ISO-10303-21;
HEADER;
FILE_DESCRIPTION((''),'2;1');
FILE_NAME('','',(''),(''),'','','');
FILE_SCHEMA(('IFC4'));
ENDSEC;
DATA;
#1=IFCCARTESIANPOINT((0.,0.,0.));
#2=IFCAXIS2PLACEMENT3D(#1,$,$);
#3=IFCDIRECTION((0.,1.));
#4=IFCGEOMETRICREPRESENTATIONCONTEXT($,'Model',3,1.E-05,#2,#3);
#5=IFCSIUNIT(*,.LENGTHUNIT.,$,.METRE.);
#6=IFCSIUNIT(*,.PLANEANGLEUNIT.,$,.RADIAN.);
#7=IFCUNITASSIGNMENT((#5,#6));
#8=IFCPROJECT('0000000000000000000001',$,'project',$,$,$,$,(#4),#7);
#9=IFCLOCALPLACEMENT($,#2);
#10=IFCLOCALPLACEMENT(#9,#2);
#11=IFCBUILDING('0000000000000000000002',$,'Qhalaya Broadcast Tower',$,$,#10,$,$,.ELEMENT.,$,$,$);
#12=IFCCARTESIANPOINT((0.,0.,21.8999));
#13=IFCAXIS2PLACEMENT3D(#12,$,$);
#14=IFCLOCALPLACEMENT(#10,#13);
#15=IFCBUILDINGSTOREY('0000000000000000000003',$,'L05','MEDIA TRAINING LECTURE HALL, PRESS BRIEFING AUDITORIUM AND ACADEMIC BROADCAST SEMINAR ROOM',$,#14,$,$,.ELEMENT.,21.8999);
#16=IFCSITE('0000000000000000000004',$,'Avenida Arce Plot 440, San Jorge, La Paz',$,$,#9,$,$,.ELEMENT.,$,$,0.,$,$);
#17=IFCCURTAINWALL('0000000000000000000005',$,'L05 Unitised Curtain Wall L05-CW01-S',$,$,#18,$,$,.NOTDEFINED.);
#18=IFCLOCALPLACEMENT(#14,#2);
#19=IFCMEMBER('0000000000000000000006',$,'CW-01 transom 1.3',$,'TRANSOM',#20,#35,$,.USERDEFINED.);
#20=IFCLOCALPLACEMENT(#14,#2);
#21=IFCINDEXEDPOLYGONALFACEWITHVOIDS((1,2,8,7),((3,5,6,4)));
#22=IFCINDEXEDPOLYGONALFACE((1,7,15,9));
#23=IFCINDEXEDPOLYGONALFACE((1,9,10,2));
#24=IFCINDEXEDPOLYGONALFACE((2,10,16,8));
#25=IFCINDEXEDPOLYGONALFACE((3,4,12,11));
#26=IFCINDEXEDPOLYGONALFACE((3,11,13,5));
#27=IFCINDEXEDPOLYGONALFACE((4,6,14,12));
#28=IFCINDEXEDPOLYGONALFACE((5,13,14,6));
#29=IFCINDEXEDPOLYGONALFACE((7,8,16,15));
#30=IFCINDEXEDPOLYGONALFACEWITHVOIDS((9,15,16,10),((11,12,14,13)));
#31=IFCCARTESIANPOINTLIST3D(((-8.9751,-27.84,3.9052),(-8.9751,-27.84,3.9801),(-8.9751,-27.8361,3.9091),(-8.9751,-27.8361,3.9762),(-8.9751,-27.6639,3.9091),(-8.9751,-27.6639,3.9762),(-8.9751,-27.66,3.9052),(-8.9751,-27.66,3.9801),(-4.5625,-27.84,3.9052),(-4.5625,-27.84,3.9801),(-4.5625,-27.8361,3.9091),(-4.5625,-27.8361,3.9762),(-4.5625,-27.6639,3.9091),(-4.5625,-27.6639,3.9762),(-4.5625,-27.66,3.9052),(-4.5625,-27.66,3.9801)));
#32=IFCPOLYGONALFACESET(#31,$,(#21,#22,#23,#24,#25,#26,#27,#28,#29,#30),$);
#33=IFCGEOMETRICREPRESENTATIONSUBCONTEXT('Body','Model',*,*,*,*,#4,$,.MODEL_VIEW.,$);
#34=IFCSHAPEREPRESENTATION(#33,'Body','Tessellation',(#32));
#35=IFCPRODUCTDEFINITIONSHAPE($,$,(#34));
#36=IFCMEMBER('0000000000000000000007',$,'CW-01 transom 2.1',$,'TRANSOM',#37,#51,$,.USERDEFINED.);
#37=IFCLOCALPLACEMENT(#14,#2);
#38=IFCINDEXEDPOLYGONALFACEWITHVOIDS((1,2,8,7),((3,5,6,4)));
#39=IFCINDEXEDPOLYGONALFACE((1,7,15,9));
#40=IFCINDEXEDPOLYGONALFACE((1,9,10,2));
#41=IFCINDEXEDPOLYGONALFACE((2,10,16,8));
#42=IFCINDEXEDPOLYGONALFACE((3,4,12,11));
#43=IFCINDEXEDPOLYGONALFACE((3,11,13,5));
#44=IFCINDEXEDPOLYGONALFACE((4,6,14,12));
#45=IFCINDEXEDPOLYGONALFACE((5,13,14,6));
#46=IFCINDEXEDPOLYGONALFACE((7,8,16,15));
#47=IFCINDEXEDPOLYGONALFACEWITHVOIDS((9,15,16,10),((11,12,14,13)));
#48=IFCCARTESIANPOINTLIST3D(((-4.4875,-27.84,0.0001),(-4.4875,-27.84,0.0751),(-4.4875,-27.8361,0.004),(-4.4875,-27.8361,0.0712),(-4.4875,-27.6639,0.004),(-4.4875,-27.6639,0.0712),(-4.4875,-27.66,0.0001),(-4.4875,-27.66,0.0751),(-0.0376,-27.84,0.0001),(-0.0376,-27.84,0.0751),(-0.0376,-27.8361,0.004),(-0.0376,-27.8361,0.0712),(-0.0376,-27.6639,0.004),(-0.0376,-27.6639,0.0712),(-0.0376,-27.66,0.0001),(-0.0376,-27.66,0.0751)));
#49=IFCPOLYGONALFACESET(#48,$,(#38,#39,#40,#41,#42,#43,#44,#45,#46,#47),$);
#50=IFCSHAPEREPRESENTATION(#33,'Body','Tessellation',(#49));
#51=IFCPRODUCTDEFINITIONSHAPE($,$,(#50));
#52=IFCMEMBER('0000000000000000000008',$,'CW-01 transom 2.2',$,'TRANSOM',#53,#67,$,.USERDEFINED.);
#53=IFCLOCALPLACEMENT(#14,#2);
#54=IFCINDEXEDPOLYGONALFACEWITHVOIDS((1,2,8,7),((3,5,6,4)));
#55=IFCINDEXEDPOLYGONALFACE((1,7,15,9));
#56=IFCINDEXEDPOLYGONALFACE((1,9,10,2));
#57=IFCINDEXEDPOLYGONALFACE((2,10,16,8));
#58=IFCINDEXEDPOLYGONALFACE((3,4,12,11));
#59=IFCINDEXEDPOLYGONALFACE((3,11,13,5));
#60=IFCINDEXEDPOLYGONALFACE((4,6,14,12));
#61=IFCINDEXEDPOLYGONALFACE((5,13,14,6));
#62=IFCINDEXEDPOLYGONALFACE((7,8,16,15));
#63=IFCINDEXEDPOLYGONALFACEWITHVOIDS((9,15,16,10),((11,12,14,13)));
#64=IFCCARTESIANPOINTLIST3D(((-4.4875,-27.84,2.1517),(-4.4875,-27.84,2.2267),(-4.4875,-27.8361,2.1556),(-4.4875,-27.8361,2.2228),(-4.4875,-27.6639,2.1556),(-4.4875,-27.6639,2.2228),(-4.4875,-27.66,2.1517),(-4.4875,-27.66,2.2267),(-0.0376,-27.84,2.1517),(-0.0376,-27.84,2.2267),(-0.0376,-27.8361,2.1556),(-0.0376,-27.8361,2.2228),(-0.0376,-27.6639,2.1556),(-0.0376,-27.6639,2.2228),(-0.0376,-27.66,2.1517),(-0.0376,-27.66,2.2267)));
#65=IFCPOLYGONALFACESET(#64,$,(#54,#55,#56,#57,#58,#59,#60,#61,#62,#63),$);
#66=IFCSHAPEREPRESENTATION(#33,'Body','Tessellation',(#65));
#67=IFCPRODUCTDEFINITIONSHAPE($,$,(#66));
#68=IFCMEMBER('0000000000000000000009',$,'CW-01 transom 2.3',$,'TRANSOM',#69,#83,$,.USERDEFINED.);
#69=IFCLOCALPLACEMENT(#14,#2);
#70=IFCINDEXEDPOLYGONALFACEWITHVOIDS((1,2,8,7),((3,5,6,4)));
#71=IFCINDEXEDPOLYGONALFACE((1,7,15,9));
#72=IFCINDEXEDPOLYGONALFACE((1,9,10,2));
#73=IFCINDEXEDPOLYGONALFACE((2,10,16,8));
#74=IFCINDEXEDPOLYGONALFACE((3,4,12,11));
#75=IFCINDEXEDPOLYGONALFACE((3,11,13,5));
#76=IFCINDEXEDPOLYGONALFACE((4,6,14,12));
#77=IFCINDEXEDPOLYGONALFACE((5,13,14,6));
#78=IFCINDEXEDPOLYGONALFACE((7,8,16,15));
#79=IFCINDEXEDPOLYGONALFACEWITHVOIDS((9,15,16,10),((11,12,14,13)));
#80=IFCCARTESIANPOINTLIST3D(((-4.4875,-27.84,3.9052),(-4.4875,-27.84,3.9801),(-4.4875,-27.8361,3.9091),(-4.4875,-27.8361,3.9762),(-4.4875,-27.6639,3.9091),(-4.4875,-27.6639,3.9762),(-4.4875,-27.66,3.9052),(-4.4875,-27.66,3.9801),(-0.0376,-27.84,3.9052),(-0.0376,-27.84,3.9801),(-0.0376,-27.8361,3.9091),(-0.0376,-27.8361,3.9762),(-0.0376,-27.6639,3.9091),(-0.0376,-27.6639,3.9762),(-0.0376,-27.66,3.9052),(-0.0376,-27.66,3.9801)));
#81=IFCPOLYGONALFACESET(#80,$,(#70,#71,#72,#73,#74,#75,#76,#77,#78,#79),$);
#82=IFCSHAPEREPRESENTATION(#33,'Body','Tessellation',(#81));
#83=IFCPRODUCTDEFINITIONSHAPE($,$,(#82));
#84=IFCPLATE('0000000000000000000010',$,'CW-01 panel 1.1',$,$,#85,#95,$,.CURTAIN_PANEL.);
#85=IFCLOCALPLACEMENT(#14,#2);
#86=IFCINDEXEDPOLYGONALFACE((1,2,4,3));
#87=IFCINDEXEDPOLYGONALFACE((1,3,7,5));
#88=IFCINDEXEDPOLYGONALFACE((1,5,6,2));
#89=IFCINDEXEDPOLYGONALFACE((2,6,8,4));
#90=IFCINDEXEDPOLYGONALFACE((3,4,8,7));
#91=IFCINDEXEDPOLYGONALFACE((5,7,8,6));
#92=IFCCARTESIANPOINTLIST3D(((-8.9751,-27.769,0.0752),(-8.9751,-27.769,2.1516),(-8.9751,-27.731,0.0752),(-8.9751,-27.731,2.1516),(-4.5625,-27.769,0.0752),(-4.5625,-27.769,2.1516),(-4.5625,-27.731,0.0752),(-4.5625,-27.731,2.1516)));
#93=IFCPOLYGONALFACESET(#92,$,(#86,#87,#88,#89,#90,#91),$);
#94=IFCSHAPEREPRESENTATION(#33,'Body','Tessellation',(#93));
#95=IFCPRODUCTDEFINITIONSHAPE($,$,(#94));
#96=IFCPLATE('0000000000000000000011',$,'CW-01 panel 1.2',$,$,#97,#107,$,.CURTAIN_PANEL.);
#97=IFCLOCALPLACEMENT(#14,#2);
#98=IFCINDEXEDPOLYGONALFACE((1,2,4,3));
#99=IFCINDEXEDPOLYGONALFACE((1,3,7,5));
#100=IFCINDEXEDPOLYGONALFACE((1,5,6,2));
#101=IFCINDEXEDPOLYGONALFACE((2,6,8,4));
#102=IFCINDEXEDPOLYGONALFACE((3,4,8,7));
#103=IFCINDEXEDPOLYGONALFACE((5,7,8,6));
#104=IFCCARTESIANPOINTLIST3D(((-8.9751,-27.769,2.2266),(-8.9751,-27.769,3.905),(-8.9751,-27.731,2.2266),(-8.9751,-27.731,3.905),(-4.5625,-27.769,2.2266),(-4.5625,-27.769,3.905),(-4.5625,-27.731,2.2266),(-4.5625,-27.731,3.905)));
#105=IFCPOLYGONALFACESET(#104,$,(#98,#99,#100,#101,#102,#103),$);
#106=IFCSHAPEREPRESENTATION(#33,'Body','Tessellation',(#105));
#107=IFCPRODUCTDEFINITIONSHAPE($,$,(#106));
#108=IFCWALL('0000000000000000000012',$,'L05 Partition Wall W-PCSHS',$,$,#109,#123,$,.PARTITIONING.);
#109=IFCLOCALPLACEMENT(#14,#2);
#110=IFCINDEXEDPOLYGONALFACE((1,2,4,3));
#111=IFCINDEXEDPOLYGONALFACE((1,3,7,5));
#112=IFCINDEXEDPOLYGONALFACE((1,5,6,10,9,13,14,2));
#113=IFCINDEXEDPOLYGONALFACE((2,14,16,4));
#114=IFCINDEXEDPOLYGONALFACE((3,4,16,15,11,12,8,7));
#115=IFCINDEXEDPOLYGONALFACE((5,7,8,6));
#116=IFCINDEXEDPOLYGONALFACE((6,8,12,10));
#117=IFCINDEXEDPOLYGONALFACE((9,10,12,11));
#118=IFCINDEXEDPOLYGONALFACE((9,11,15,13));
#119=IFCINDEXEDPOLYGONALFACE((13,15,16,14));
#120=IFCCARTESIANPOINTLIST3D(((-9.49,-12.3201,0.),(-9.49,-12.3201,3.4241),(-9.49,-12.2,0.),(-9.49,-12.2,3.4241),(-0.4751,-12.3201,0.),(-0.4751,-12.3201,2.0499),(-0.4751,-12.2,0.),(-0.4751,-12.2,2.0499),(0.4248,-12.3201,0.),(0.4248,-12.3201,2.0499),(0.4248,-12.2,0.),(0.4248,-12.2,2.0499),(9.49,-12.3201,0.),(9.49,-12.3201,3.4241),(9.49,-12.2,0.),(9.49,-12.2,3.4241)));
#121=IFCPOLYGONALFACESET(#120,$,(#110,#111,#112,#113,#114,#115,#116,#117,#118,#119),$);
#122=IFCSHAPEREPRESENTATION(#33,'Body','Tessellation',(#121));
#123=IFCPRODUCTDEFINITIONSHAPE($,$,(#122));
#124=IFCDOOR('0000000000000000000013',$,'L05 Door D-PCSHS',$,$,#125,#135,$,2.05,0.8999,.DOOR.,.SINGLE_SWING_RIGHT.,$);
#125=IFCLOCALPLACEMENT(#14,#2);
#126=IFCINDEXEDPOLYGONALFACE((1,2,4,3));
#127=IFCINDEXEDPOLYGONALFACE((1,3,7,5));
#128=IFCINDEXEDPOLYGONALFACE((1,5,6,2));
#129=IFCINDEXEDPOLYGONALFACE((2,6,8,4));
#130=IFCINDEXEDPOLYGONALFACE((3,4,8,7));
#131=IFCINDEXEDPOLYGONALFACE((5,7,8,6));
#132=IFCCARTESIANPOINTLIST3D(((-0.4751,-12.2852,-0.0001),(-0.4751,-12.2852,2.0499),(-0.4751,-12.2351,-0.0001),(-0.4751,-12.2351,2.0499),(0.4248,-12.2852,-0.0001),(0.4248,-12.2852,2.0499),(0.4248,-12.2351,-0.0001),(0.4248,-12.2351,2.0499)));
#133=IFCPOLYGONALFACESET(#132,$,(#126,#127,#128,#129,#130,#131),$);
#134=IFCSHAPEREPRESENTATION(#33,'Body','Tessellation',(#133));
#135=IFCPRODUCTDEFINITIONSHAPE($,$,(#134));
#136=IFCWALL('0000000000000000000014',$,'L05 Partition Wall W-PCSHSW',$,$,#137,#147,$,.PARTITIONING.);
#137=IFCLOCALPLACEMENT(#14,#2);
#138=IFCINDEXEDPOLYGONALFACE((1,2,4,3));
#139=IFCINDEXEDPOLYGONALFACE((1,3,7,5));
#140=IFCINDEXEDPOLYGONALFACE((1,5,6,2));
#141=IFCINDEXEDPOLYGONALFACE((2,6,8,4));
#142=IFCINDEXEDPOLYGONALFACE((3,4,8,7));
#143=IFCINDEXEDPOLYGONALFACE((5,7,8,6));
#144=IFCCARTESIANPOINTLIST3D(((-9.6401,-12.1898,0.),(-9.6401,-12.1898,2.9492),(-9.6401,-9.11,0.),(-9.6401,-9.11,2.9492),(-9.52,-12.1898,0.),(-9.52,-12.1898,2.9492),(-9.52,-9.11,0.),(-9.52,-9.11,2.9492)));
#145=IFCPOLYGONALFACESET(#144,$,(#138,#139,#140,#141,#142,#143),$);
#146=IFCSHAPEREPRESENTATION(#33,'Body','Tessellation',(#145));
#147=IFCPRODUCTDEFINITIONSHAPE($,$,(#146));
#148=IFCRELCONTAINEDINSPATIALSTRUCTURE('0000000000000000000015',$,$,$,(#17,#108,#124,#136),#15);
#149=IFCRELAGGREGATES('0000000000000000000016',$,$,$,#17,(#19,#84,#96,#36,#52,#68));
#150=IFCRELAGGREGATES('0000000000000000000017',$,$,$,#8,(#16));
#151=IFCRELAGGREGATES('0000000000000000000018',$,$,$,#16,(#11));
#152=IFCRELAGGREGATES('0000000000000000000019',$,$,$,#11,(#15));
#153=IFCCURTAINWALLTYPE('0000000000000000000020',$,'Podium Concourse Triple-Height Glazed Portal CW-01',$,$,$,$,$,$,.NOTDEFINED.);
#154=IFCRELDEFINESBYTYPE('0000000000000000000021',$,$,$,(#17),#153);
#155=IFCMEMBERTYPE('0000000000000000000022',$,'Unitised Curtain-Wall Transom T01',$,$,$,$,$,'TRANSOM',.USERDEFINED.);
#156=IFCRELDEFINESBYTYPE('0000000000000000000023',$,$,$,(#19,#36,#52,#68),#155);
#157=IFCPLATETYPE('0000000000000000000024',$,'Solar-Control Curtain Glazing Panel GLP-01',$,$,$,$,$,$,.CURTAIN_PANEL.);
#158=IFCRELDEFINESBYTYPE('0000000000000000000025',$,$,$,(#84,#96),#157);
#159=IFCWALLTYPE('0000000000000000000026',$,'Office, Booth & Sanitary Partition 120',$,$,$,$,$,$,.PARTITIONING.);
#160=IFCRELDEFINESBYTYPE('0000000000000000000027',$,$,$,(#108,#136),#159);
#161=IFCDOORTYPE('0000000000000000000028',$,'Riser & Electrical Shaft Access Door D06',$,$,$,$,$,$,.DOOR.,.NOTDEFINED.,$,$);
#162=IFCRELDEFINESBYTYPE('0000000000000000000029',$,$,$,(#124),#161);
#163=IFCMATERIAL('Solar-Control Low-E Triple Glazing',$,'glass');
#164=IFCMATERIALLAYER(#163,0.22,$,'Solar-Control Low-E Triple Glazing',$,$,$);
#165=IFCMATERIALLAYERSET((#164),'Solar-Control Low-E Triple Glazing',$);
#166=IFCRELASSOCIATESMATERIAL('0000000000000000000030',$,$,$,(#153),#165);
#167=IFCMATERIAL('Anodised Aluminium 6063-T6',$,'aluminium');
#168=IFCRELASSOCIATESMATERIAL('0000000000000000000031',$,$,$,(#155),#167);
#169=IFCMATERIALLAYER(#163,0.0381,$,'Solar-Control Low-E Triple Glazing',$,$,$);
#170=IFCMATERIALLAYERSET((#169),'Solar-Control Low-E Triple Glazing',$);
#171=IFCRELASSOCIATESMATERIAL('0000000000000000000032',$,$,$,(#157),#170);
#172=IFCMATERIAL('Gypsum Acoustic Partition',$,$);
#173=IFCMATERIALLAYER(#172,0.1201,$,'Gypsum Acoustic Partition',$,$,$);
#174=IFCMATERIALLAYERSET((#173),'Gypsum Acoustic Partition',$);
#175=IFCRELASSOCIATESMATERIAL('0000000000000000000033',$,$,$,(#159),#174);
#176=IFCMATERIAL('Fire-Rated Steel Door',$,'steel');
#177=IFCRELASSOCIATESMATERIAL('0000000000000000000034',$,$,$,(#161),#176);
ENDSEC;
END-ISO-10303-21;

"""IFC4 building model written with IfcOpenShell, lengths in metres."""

from ifc_helpers import new_model, si_unit, direction, frame, frame_2d, origin, origin_2d, place, context, subcontext, project, spatial, rectangle, hollow_rectangle, extrude, material, layer, layer_set, material_profile, profile_set, type_object, element, fill, aggregate, save


model = new_model("IFC4")

# Units and contexts
model_context = context("Model", 3, precision=1e-05, world=origin(), true_north=direction((0.0, 1.0)))
body_context = subcontext(model_context, "Body", "Model", "MODEL_VIEW")
ifc_project = project(units=[si_unit("LENGTHUNIT", "METRE"), si_unit("PLANEANGLEUNIT", "RADIAN")], contexts=[model_context])

# Site, building, storey
site_placement = place(None, origin())
site = spatial("IfcSite", under=ifc_project, at=site_placement, Name="Avenida Arce Plot 440, San Jorge, La Paz", CompositionType="ELEMENT", RefElevation=0.0)
building_placement = place(site_placement, origin())
building = spatial("IfcBuilding", under=site, at=building_placement, Name="Qhalaya Broadcast Tower", CompositionType="ELEMENT")
storey_placement = place(building_placement, frame((0.0, 0.0, 21.8999)))
storey = spatial("IfcBuildingStorey", under=building, at=storey_placement, Name="L05", Description="MEDIA TRAINING LECTURE HALL, PRESS BRIEFING AUDITORIUM AND ACADEMIC BROADCAST SEMINAR ROOM", CompositionType="ELEMENT", Elevation=21.8999)

# Curtain wall, members, plates
ifc_material_1 = material(Name="Solar-Control Low-E Triple Glazing", Category="glass")
ifc_layer_1 = layer(ifc_material_1, 0.22, Name="Solar-Control Low-E Triple Glazing")
ifc_layer_set_1 = layer_set([ifc_layer_1], Name="Solar-Control Low-E Triple Glazing")
curtain_wall_type = type_object("IfcCurtainWallType", Name="Podium Concourse Triple-Height Glazed Portal CW-01", PredefinedType="NOTDEFINED", material=ifc_layer_set_1)
curtain_wall_placement = place(storey_placement, origin())
curtain_wall = element("IfcCurtainWall", 1, at=curtain_wall_placement, inside=storey, type_object=curtain_wall_type, Name="L05 Unitised Curtain Wall L05-CW01-S", PredefinedType="NOTDEFINED")
ifc_material_2 = material(Name="Anodised Aluminium 6063-T6", Category="aluminium")
ifc_material_profile_1 = material_profile(ifc_material_2, hollow_rectangle(XDim=0.075, YDim=0.1799, WallThickness=0.0039, at=origin_2d()), Name="ALU-TRN 75x180x4")
ifc_profile_set_1 = profile_set([ifc_material_profile_1], Name="Anodised Aluminium 6063-T6")
member_type_1 = type_object("IfcMemberType", Name="Unitised Curtain-Wall Transom T01", ElementType="TRANSOM", PredefinedType="USERDEFINED", material=ifc_profile_set_1)
member_1_placement = place(storey_placement, frame((-8.9751, -27.75, 3.9426), z_axis=(1.0, 0.0, 0.0), x_axis=(0.0, 0.0, 1.0)))
member_1 = element("IfcMember", 2, at=member_1_placement, type_object=member_type_1, Name="CW-01 transom 1.3", ObjectType="TRANSOM", PredefinedType="USERDEFINED", context=body_context, shape_type="SweptSolid", body=[
    extrude(hollow_rectangle(XDim=0.075, YDim=0.1799, WallThickness=0.0039, at=origin_2d()), origin(), (0.0, 0.0, 1.0), 4.4126),
])
member_2_placement = place(storey_placement, frame((-4.4875, -27.75, 0.0376), z_axis=(1.0, 0.0, 0.0), x_axis=(0.0, 0.0, 1.0)))
member_2 = element("IfcMember", 3, at=member_2_placement, type_object=member_type_1, Name="CW-01 transom 2.1", ObjectType="TRANSOM", PredefinedType="USERDEFINED", context=body_context, shape_type="SweptSolid", body=[
    extrude(hollow_rectangle(XDim=0.075, YDim=0.1799, WallThickness=0.0039, at=origin_2d()), origin(), (0.0, 0.0, 1.0), 4.45),
])
member_3_placement = place(storey_placement, frame((-4.4875, -27.75, 2.1892), z_axis=(1.0, 0.0, 0.0), x_axis=(0.0, 0.0, 1.0)))
member_3 = element("IfcMember", 4, at=member_3_placement, type_object=member_type_1, Name="CW-01 transom 2.2", ObjectType="TRANSOM", PredefinedType="USERDEFINED", context=body_context, shape_type="SweptSolid", body=[
    extrude(hollow_rectangle(XDim=0.075, YDim=0.1799, WallThickness=0.0039, at=origin_2d()), origin(), (0.0, 0.0, 1.0), 4.45),
])
member_4_placement = place(storey_placement, frame((-4.4875, -27.75, 3.9426), z_axis=(1.0, 0.0, 0.0), x_axis=(0.0, 0.0, 1.0)))
member_4 = element("IfcMember", 5, at=member_4_placement, type_object=member_type_1, Name="CW-01 transom 2.3", ObjectType="TRANSOM", PredefinedType="USERDEFINED", context=body_context, shape_type="SweptSolid", body=[
    extrude(hollow_rectangle(XDim=0.075, YDim=0.1799, WallThickness=0.0039, at=origin_2d()), origin(), (0.0, 0.0, 1.0), 4.45),
])
ifc_layer_2 = layer(ifc_material_1, 0.0381, Name="Solar-Control Low-E Triple Glazing")
ifc_layer_set_2 = layer_set([ifc_layer_2], Name="Solar-Control Low-E Triple Glazing")
plate_type = type_object("IfcPlateType", Name="Solar-Control Curtain Glazing Panel GLP-01", PredefinedType="CURTAIN_PANEL", material=ifc_layer_set_2)
plate_1_placement = place(storey_placement, frame((-6.7688, -27.75, 0.0752), z_axis=(0.0, 0.0, 1.0), x_axis=(1.0, 0.0, 0.0)))
plate_1 = element("IfcPlate", 6, at=plate_1_placement, type_object=plate_type, Name="CW-01 panel 1.1", PredefinedType="CURTAIN_PANEL", context=body_context, shape_type="SweptSolid", body=[
    extrude(rectangle(XDim=4.4126, YDim=0.0381, at=origin_2d()), origin(), (0.0, 0.0, 1.0), 2.0764),
])
plate_2_placement = place(storey_placement, frame((-6.7688, -27.75, 2.2266), z_axis=(0.0, 0.0, 1.0), x_axis=(1.0, 0.0, 0.0)))
plate_2 = element("IfcPlate", 7, at=plate_2_placement, type_object=plate_type, Name="CW-01 panel 1.2", PredefinedType="CURTAIN_PANEL", context=body_context, shape_type="SweptSolid", body=[
    extrude(rectangle(XDim=4.4126, YDim=0.0381, at=origin_2d()), origin(), (0.0, 0.0, 1.0), 1.6785),
])
aggregate(curtain_wall, [member_1, plate_1, plate_2, member_2, member_3, member_4])

# Wall, opening, door
ifc_material_3 = material(Name="Gypsum Acoustic Partition")
ifc_layer_3 = layer(ifc_material_3, 0.1201, Name="Gypsum Acoustic Partition")
ifc_layer_set_3 = layer_set([ifc_layer_3], Name="Gypsum Acoustic Partition")
wall_type = type_object("IfcWallType", Name="Office, Booth & Sanitary Partition 120", PredefinedType="PARTITIONING", material=ifc_layer_set_3)
wall_1_placement = place(storey_placement, frame((-9.49, -12.26, 0.0), z_axis=(0.0, 0.0, 1.0), x_axis=(1.0, 0.0, 0.0)))
wall_1 = element("IfcWall", 8, at=wall_1_placement, inside=storey, type_object=wall_type, Name="L05 Partition Wall W-PCSHS", PredefinedType="PARTITIONING", context=body_context, shape_type="SweptSolid", body=[
    extrude(rectangle(XDim=18.98, YDim=0.1201, at=frame_2d((9.49, 0.0))), origin(), (0.0, 0.0, 1.0), 3.4241),
])
opening_placement = place(wall_1_placement, frame((9.0149, 0.0, 0.0)))
opening = element("IfcOpeningElement", 9, at=opening_placement, cuts=wall_1, PredefinedType="OPENING", context=body_context, shape_type="SweptSolid", body=[
    extrude(rectangle(XDim=0.8999, YDim=2.05, at=frame_2d((0.45, 1.0249))), frame((0.0, 0.072, 0.0), z_axis=(0.0, -1.0, 0.0), x_axis=(1.0, 0.0, 0.0)), (0.0, 0.0, 1.0), 0.144),
])
ifc_material_4 = material(Name="Fire-Rated Steel Door", Category="steel")
door_type = type_object("IfcDoorType", Name="Riser & Electrical Shaft Access Door D06", OperationType="NOTDEFINED", PredefinedType="DOOR", material=ifc_material_4)
door_placement = place(opening_placement, origin())
door = element("IfcDoor", 10, at=door_placement, inside=storey, type_object=door_type, Name="L05 Door D-PCSHS", OperationType="SINGLE_SWING_RIGHT", OverallHeight=2.05, OverallWidth=0.8999, PredefinedType="DOOR", context=body_context, shape_type="SweptSolid", body=[
    extrude(rectangle(XDim=0.8999, YDim=2.05, at=frame_2d((0.45, 1.0249))), frame((0.0, 0.0249, 0.0), z_axis=(0.0, -1.0, 0.0), x_axis=(1.0, 0.0, 0.0)), (0.0, 0.0, 1.0), 0.05),
])
fill(opening, door)

# Wall
wall_2_placement = place(storey_placement, frame((-9.5801, -12.1899, 0.0), z_axis=(0.0, 0.0, 1.0), x_axis=(0.0, 1.0, 0.0)))
element("IfcWall", 11, at=wall_2_placement, inside=storey, type_object=wall_type, Name="L05 Partition Wall W-PCSHSW", PredefinedType="PARTITIONING", context=body_context, shape_type="SweptSolid", body=[
    extrude(rectangle(XDim=3.0798, YDim=0.1201, at=frame_2d((1.54, 0.0))), origin(), (0.0, 0.0, 1.0), 2.9492),
])

save(model, "model.ifc")
